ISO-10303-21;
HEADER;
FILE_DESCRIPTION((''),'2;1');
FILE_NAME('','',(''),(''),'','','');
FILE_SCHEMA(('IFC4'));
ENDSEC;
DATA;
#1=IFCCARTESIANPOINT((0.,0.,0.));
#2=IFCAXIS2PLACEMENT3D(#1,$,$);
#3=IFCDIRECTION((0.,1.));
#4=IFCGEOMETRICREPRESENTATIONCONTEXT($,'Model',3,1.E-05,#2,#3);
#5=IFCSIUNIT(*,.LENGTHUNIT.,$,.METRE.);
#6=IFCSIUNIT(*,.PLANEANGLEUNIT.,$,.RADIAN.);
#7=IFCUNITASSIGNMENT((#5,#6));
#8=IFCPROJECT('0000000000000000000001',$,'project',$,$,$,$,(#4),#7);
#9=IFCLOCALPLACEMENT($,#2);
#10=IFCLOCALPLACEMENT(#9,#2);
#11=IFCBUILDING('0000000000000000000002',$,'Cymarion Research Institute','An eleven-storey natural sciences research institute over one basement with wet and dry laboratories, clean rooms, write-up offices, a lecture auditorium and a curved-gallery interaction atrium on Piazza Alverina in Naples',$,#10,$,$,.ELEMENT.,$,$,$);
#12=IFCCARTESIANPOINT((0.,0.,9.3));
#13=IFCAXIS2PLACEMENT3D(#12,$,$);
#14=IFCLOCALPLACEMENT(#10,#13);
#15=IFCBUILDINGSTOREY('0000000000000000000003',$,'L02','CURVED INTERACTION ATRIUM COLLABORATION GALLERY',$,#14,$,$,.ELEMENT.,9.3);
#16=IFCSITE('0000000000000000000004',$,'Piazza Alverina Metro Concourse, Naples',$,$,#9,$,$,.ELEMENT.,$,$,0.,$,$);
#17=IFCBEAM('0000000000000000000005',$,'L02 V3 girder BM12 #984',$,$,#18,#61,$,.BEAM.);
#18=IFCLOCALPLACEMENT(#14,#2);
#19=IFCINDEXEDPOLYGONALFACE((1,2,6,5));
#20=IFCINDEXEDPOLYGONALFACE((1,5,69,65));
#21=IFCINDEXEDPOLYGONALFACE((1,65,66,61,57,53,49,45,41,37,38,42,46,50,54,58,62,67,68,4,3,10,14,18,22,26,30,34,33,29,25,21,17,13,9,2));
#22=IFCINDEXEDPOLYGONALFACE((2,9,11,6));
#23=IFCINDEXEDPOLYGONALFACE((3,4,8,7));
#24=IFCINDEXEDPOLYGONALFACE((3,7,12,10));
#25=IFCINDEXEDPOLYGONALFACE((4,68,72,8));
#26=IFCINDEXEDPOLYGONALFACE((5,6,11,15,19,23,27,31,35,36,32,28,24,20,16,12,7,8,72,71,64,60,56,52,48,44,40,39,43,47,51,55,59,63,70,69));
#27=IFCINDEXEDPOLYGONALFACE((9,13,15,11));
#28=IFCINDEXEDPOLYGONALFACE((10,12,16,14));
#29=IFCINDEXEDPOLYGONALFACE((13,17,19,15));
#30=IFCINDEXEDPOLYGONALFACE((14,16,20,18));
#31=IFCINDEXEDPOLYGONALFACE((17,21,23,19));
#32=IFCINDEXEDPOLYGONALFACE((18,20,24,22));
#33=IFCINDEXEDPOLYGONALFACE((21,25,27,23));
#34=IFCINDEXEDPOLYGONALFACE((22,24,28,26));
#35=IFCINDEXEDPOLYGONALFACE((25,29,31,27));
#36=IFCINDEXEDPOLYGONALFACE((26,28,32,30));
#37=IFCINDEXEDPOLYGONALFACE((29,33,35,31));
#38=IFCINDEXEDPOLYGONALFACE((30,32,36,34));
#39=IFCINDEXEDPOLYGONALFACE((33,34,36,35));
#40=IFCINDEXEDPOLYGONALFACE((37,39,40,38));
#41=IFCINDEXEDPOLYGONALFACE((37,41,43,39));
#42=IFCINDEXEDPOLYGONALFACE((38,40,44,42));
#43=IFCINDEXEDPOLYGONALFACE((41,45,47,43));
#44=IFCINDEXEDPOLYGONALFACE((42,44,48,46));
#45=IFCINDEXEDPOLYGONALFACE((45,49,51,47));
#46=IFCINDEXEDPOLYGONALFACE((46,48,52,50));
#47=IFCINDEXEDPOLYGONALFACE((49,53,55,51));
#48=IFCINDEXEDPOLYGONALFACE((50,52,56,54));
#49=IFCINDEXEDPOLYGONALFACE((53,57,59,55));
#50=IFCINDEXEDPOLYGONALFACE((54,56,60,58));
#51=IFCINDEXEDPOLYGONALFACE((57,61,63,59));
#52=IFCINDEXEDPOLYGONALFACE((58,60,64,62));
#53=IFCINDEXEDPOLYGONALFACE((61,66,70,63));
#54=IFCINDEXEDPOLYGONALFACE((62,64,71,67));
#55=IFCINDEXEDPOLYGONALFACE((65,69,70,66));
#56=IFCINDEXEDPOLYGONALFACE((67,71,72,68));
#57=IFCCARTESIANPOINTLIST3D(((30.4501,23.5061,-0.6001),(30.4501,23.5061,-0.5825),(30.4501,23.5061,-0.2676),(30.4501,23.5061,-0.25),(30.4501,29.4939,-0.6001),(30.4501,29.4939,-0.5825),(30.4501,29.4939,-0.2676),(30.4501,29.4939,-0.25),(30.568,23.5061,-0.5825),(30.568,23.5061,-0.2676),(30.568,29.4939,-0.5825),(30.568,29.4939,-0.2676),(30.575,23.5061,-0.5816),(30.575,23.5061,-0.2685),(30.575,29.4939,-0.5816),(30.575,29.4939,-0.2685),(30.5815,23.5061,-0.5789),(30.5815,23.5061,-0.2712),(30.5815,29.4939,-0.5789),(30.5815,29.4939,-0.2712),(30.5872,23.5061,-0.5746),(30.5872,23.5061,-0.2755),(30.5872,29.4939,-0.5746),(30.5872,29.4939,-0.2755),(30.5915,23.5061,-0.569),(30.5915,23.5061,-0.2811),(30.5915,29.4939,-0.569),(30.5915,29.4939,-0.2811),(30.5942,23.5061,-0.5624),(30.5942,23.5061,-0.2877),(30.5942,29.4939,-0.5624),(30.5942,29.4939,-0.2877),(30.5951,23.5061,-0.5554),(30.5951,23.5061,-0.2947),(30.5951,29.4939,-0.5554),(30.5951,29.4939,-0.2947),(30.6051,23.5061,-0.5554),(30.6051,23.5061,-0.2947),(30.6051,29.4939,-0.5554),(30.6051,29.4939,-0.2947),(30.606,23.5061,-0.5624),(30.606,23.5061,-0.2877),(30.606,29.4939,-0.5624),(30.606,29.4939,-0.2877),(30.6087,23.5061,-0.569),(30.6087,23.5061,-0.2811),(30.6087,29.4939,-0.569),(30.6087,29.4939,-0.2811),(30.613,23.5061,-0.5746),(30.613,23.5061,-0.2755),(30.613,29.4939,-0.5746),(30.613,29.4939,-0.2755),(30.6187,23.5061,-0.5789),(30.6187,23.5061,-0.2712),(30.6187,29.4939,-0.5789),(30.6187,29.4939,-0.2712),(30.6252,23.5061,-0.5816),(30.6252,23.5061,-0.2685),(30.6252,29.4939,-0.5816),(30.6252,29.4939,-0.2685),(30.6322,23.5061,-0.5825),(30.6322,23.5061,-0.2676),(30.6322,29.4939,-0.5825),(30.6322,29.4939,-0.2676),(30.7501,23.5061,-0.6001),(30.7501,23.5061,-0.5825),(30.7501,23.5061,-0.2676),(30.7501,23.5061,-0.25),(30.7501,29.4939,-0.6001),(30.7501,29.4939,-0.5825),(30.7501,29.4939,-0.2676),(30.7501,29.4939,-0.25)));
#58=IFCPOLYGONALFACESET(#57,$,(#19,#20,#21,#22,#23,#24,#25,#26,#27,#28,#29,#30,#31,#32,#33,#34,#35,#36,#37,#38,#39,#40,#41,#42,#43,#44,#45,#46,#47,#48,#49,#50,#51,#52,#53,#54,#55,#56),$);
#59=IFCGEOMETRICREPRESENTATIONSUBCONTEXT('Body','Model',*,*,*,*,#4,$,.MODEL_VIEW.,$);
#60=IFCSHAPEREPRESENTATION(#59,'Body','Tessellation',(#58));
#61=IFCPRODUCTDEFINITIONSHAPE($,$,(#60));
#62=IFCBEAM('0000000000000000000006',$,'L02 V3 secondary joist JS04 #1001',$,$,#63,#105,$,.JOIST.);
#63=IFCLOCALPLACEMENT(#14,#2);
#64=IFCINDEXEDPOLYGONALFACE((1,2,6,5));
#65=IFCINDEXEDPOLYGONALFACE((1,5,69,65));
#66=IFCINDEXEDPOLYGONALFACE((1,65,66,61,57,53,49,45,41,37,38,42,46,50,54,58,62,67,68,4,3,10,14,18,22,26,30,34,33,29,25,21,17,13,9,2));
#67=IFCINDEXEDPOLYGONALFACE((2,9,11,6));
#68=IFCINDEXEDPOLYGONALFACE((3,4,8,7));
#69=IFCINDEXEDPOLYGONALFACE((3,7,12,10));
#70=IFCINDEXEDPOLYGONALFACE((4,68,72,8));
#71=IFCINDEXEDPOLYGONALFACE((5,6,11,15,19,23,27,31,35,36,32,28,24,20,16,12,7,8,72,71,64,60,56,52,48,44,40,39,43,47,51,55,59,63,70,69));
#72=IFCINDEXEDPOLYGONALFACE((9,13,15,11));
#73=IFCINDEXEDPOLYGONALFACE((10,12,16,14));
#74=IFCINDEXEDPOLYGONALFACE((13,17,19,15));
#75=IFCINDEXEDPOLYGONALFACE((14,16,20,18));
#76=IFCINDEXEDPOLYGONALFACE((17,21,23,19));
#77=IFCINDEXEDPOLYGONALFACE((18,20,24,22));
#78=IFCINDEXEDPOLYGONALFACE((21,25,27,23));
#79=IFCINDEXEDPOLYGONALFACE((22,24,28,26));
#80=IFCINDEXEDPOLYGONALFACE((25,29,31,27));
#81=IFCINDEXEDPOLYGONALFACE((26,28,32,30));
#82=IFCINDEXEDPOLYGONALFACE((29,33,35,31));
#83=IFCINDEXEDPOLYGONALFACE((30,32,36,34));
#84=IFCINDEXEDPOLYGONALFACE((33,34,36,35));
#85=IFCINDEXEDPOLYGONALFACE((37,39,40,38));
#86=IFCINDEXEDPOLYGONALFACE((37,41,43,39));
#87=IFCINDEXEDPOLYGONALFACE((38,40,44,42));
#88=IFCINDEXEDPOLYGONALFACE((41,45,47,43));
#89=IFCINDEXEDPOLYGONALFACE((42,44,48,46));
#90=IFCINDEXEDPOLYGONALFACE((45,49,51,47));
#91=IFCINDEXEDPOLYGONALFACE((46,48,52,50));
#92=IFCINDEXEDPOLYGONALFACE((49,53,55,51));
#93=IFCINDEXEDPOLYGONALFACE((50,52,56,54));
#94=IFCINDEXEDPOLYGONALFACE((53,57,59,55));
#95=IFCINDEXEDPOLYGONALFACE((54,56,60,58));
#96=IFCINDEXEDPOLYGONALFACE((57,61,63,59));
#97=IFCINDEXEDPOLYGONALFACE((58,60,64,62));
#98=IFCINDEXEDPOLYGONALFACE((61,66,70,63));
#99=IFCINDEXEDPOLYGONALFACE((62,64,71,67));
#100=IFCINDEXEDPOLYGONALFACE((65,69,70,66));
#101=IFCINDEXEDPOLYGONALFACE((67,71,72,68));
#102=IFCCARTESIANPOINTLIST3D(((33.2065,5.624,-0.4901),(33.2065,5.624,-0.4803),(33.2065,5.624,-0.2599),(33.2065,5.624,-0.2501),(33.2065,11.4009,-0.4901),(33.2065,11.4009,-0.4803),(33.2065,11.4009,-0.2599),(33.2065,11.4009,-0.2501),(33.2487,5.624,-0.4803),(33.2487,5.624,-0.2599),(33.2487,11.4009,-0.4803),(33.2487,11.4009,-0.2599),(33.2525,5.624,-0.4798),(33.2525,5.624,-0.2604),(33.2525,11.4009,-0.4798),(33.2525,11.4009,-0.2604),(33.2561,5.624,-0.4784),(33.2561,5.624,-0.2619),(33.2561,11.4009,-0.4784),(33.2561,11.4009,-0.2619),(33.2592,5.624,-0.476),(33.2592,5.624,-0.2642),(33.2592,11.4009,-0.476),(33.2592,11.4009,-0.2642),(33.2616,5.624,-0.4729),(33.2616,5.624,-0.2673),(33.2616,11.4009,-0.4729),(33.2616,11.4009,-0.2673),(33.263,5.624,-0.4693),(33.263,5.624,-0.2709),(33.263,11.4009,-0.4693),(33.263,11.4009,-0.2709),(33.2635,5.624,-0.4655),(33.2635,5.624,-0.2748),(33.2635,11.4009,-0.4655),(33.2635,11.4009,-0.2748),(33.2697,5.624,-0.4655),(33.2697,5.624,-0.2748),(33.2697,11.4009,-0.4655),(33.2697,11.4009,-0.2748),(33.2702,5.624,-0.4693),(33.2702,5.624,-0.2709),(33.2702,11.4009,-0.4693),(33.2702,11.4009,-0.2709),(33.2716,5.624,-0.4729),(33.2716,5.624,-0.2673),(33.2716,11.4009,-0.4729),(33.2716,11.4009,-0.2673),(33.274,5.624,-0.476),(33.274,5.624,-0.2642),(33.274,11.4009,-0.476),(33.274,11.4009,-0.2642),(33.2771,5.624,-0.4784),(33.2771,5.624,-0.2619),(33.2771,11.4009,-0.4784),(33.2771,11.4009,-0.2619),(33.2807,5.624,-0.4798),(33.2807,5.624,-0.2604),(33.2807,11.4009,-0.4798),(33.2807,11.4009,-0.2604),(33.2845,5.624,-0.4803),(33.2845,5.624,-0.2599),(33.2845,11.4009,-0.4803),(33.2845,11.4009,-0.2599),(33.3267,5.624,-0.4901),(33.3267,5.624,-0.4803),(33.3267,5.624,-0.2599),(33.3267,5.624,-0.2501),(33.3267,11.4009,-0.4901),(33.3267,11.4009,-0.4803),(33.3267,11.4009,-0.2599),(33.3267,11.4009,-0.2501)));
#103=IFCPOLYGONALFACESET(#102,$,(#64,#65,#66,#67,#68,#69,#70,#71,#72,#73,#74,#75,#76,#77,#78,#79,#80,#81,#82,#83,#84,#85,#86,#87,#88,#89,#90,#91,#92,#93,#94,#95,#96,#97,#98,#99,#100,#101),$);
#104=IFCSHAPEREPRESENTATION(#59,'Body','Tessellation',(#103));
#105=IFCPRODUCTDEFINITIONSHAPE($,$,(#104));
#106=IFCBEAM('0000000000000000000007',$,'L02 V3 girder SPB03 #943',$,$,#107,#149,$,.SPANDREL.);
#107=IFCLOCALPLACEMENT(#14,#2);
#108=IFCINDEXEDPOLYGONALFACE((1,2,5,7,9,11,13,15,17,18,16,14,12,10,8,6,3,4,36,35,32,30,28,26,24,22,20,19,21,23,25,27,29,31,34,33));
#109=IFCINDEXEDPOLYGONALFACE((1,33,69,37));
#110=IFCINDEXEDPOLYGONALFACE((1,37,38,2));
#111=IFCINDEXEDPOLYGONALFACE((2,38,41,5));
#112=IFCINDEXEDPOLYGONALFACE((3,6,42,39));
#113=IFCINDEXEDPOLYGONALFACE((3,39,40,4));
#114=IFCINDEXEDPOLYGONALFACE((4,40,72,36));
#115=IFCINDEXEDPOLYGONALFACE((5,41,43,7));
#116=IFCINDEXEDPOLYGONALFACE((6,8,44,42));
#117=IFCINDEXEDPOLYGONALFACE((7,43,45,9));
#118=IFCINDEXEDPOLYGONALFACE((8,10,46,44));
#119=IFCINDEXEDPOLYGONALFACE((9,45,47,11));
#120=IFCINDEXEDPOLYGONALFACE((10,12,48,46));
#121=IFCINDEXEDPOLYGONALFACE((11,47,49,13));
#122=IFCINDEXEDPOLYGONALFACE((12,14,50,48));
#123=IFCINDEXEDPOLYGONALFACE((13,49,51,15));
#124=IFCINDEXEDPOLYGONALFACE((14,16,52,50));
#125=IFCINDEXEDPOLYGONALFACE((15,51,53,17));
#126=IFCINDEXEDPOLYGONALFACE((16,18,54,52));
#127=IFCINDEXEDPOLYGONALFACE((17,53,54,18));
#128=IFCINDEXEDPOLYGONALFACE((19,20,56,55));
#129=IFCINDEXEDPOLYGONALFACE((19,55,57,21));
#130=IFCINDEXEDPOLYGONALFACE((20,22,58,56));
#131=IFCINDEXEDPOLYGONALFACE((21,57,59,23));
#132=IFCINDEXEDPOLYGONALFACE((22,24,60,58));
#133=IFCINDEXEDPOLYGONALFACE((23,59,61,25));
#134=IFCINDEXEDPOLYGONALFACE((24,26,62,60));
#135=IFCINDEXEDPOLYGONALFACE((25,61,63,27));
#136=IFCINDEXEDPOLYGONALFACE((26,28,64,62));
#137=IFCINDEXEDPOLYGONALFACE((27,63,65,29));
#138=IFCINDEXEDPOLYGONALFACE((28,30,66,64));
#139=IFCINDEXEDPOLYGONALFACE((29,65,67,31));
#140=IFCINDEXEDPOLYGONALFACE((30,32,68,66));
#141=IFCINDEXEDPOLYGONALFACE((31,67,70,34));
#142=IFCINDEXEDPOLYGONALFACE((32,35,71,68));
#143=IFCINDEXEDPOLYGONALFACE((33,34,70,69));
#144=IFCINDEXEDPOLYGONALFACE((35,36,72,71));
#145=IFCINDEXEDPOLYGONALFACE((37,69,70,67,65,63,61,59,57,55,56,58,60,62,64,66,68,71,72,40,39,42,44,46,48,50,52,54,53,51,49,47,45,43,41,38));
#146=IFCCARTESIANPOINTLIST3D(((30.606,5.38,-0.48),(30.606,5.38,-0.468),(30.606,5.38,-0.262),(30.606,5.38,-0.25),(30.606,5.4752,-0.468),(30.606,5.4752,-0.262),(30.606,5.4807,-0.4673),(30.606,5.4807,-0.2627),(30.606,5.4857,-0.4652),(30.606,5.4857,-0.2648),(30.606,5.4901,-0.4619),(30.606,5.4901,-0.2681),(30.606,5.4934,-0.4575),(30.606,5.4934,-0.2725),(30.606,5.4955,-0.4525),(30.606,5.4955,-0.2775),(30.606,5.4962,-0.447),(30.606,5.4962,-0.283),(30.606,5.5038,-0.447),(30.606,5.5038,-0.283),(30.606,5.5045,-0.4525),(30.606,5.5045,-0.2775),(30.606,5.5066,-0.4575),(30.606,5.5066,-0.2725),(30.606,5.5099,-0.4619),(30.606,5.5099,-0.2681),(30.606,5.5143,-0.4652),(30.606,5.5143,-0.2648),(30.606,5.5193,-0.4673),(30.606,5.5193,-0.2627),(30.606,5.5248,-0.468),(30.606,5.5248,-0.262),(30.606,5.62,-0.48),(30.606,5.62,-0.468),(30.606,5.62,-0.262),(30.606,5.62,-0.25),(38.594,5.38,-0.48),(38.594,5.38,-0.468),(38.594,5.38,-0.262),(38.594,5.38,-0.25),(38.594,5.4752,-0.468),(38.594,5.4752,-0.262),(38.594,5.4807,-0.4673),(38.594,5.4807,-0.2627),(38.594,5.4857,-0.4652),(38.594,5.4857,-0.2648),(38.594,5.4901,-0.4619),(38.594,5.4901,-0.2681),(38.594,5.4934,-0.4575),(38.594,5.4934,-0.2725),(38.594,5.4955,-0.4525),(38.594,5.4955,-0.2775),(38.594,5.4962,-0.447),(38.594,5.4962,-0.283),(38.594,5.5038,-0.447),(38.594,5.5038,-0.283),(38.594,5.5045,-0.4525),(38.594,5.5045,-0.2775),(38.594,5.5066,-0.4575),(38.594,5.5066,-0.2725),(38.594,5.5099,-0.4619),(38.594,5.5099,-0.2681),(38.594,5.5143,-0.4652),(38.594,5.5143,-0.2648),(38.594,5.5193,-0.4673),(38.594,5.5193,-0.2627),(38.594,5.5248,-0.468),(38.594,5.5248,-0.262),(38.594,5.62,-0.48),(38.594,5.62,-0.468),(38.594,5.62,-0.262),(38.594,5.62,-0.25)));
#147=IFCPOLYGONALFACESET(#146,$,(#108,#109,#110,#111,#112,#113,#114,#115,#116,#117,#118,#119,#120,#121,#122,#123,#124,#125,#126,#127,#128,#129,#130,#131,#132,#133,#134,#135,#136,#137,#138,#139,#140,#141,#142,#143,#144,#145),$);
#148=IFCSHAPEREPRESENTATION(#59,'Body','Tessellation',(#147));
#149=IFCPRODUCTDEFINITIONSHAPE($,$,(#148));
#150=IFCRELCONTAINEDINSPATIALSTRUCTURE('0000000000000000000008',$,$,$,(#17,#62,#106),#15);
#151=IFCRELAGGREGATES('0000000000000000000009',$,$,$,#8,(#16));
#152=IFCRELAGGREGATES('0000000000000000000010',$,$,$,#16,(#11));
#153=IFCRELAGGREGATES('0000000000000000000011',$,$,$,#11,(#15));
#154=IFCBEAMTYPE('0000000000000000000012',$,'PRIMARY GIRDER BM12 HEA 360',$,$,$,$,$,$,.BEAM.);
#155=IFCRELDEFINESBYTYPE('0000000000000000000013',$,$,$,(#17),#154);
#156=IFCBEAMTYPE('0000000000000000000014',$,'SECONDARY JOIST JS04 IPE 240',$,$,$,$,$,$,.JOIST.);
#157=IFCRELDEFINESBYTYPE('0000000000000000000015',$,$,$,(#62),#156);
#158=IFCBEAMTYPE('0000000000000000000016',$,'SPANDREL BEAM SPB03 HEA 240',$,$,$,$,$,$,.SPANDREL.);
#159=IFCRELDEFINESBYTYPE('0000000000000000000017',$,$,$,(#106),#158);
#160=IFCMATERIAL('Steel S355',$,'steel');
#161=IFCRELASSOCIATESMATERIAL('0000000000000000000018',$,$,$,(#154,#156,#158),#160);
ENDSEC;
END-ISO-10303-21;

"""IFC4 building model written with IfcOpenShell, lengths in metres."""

from ifc_helpers import new_model, si_unit, direction, frame, origin, origin_2d, place, context, subcontext, project, spatial, i_section, extrude, material, material_profile, profile_set, type_object, element, save


model = new_model("IFC4")

# Units and contexts
model_context = context("Model", 3, precision=1e-05, world=origin(), true_north=direction((0.0, 1.0)))
body_context = subcontext(model_context, "Body", "Model", "MODEL_VIEW")
ifc_project = project(units=[si_unit("LENGTHUNIT", "METRE"), si_unit("PLANEANGLEUNIT", "RADIAN")], contexts=[model_context])

# Site, building, storey
site_placement = place(None, origin())
site = spatial("IfcSite", under=ifc_project, at=site_placement, Name="Piazza Alverina Metro Concourse, Naples", CompositionType="ELEMENT", RefElevation=0.0)
building_placement = place(site_placement, origin())
building = spatial("IfcBuilding", under=site, at=building_placement, Name="Cymarion Research Institute", Description="An eleven-storey natural sciences research institute over one basement with wet and dry laboratories, clean rooms, write-up offices, a lecture auditorium and a curved-gallery interaction atrium on Piazza Alverina in Naples", CompositionType="ELEMENT")
storey_placement = place(building_placement, frame((0.0, 0.0, 9.3)))
storey = spatial("IfcBuildingStorey", under=building, at=storey_placement, Name="L02", Description="CURVED INTERACTION ATRIUM COLLABORATION GALLERY", CompositionType="ELEMENT", Elevation=9.3)

# Shared definitions
ifc_material_1 = material(Name="Steel S355", Category="steel")

# Beams
ifc_material_profile_1 = material_profile(ifc_material_1, i_section(OverallWidth=0.3, OverallDepth=0.3501, WebThickness=0.01, FlangeThickness=0.0176, FilletRadius=0.0271, at=origin_2d()), Name="HEA 360")
ifc_profile_set_1 = profile_set([ifc_material_profile_1], Name="Steel S355")
beam_type_1 = type_object("IfcBeamType", Name="PRIMARY GIRDER BM12 HEA 360", PredefinedType="BEAM", material=ifc_profile_set_1)
for number, where, z_axis, x_axis, name in (
    (1, (30.6001, 23.5061, -0.425), (0.0, 1.0, 0.0), (-1.0, 0.0, 0.0), "L02 V3 girder BM12 #984"),
):
    element("IfcBeam", number, at=place(storey_placement, frame(where, z_axis=z_axis, x_axis=x_axis)), inside=storey, type_object=beam_type_1, Name=name, PredefinedType="BEAM", context=body_context, shape_type="SweptSolid", body=[
        extrude(i_section(OverallWidth=0.3, OverallDepth=0.3501, WebThickness=0.01, FlangeThickness=0.0176, FilletRadius=0.0271, at=origin_2d()), origin(), (0.0, 0.0, 1.0), 5.9878),
    ])
ifc_material_profile_2 = material_profile(ifc_material_1, i_section(OverallWidth=0.1201, OverallDepth=0.24, WebThickness=0.0061, FlangeThickness=0.0098, FilletRadius=0.0149, at=origin_2d()), Name="IPE 240")
ifc_profile_set_2 = profile_set([ifc_material_profile_2], Name="Steel S355")
beam_type_2 = type_object("IfcBeamType", Name="SECONDARY JOIST JS04 IPE 240", PredefinedType="JOIST", material=ifc_profile_set_2)
beam_1_placement = place(storey_placement, frame((33.2666, 5.624, -0.3701), z_axis=(0.0, 1.0, 0.0), x_axis=(-1.0, 0.0, 0.0)))
element("IfcBeam", 2, at=beam_1_placement, inside=storey, type_object=beam_type_2, Name="L02 V3 secondary joist JS04 #1001", PredefinedType="JOIST", context=body_context, shape_type="SweptSolid", body=[
    extrude(i_section(OverallWidth=0.1201, OverallDepth=0.24, WebThickness=0.0061, FlangeThickness=0.0098, FilletRadius=0.0149, at=origin_2d()), origin(), (0.0, 0.0, 1.0), 5.7769),
])
ifc_material_profile_3 = material_profile(ifc_material_1, i_section(OverallWidth=0.24, OverallDepth=0.23, WebThickness=0.0076, FlangeThickness=0.012, FilletRadius=0.021, at=origin_2d()), Name="HEA 240")
ifc_profile_set_3 = profile_set([ifc_material_profile_3], Name="Steel S355")
beam_type_3 = type_object("IfcBeamType", Name="SPANDREL BEAM SPB03 HEA 240", PredefinedType="SPANDREL", material=ifc_profile_set_3)
beam_2_placement = place(storey_placement, frame((30.606, 5.5, -0.365), z_axis=(1.0, 0.0, 0.0), x_axis=(0.0, 1.0, 0.0)))
element("IfcBeam", 3, at=beam_2_placement, inside=storey, type_object=beam_type_3, Name="L02 V3 girder SPB03 #943", PredefinedType="SPANDREL", context=body_context, shape_type="SweptSolid", body=[
    extrude(i_section(OverallWidth=0.24, OverallDepth=0.23, WebThickness=0.0076, FlangeThickness=0.012, FilletRadius=0.021, at=origin_2d()), origin(), (0.0, 0.0, 1.0), 7.988),
])

save(model, "model.ifc")
